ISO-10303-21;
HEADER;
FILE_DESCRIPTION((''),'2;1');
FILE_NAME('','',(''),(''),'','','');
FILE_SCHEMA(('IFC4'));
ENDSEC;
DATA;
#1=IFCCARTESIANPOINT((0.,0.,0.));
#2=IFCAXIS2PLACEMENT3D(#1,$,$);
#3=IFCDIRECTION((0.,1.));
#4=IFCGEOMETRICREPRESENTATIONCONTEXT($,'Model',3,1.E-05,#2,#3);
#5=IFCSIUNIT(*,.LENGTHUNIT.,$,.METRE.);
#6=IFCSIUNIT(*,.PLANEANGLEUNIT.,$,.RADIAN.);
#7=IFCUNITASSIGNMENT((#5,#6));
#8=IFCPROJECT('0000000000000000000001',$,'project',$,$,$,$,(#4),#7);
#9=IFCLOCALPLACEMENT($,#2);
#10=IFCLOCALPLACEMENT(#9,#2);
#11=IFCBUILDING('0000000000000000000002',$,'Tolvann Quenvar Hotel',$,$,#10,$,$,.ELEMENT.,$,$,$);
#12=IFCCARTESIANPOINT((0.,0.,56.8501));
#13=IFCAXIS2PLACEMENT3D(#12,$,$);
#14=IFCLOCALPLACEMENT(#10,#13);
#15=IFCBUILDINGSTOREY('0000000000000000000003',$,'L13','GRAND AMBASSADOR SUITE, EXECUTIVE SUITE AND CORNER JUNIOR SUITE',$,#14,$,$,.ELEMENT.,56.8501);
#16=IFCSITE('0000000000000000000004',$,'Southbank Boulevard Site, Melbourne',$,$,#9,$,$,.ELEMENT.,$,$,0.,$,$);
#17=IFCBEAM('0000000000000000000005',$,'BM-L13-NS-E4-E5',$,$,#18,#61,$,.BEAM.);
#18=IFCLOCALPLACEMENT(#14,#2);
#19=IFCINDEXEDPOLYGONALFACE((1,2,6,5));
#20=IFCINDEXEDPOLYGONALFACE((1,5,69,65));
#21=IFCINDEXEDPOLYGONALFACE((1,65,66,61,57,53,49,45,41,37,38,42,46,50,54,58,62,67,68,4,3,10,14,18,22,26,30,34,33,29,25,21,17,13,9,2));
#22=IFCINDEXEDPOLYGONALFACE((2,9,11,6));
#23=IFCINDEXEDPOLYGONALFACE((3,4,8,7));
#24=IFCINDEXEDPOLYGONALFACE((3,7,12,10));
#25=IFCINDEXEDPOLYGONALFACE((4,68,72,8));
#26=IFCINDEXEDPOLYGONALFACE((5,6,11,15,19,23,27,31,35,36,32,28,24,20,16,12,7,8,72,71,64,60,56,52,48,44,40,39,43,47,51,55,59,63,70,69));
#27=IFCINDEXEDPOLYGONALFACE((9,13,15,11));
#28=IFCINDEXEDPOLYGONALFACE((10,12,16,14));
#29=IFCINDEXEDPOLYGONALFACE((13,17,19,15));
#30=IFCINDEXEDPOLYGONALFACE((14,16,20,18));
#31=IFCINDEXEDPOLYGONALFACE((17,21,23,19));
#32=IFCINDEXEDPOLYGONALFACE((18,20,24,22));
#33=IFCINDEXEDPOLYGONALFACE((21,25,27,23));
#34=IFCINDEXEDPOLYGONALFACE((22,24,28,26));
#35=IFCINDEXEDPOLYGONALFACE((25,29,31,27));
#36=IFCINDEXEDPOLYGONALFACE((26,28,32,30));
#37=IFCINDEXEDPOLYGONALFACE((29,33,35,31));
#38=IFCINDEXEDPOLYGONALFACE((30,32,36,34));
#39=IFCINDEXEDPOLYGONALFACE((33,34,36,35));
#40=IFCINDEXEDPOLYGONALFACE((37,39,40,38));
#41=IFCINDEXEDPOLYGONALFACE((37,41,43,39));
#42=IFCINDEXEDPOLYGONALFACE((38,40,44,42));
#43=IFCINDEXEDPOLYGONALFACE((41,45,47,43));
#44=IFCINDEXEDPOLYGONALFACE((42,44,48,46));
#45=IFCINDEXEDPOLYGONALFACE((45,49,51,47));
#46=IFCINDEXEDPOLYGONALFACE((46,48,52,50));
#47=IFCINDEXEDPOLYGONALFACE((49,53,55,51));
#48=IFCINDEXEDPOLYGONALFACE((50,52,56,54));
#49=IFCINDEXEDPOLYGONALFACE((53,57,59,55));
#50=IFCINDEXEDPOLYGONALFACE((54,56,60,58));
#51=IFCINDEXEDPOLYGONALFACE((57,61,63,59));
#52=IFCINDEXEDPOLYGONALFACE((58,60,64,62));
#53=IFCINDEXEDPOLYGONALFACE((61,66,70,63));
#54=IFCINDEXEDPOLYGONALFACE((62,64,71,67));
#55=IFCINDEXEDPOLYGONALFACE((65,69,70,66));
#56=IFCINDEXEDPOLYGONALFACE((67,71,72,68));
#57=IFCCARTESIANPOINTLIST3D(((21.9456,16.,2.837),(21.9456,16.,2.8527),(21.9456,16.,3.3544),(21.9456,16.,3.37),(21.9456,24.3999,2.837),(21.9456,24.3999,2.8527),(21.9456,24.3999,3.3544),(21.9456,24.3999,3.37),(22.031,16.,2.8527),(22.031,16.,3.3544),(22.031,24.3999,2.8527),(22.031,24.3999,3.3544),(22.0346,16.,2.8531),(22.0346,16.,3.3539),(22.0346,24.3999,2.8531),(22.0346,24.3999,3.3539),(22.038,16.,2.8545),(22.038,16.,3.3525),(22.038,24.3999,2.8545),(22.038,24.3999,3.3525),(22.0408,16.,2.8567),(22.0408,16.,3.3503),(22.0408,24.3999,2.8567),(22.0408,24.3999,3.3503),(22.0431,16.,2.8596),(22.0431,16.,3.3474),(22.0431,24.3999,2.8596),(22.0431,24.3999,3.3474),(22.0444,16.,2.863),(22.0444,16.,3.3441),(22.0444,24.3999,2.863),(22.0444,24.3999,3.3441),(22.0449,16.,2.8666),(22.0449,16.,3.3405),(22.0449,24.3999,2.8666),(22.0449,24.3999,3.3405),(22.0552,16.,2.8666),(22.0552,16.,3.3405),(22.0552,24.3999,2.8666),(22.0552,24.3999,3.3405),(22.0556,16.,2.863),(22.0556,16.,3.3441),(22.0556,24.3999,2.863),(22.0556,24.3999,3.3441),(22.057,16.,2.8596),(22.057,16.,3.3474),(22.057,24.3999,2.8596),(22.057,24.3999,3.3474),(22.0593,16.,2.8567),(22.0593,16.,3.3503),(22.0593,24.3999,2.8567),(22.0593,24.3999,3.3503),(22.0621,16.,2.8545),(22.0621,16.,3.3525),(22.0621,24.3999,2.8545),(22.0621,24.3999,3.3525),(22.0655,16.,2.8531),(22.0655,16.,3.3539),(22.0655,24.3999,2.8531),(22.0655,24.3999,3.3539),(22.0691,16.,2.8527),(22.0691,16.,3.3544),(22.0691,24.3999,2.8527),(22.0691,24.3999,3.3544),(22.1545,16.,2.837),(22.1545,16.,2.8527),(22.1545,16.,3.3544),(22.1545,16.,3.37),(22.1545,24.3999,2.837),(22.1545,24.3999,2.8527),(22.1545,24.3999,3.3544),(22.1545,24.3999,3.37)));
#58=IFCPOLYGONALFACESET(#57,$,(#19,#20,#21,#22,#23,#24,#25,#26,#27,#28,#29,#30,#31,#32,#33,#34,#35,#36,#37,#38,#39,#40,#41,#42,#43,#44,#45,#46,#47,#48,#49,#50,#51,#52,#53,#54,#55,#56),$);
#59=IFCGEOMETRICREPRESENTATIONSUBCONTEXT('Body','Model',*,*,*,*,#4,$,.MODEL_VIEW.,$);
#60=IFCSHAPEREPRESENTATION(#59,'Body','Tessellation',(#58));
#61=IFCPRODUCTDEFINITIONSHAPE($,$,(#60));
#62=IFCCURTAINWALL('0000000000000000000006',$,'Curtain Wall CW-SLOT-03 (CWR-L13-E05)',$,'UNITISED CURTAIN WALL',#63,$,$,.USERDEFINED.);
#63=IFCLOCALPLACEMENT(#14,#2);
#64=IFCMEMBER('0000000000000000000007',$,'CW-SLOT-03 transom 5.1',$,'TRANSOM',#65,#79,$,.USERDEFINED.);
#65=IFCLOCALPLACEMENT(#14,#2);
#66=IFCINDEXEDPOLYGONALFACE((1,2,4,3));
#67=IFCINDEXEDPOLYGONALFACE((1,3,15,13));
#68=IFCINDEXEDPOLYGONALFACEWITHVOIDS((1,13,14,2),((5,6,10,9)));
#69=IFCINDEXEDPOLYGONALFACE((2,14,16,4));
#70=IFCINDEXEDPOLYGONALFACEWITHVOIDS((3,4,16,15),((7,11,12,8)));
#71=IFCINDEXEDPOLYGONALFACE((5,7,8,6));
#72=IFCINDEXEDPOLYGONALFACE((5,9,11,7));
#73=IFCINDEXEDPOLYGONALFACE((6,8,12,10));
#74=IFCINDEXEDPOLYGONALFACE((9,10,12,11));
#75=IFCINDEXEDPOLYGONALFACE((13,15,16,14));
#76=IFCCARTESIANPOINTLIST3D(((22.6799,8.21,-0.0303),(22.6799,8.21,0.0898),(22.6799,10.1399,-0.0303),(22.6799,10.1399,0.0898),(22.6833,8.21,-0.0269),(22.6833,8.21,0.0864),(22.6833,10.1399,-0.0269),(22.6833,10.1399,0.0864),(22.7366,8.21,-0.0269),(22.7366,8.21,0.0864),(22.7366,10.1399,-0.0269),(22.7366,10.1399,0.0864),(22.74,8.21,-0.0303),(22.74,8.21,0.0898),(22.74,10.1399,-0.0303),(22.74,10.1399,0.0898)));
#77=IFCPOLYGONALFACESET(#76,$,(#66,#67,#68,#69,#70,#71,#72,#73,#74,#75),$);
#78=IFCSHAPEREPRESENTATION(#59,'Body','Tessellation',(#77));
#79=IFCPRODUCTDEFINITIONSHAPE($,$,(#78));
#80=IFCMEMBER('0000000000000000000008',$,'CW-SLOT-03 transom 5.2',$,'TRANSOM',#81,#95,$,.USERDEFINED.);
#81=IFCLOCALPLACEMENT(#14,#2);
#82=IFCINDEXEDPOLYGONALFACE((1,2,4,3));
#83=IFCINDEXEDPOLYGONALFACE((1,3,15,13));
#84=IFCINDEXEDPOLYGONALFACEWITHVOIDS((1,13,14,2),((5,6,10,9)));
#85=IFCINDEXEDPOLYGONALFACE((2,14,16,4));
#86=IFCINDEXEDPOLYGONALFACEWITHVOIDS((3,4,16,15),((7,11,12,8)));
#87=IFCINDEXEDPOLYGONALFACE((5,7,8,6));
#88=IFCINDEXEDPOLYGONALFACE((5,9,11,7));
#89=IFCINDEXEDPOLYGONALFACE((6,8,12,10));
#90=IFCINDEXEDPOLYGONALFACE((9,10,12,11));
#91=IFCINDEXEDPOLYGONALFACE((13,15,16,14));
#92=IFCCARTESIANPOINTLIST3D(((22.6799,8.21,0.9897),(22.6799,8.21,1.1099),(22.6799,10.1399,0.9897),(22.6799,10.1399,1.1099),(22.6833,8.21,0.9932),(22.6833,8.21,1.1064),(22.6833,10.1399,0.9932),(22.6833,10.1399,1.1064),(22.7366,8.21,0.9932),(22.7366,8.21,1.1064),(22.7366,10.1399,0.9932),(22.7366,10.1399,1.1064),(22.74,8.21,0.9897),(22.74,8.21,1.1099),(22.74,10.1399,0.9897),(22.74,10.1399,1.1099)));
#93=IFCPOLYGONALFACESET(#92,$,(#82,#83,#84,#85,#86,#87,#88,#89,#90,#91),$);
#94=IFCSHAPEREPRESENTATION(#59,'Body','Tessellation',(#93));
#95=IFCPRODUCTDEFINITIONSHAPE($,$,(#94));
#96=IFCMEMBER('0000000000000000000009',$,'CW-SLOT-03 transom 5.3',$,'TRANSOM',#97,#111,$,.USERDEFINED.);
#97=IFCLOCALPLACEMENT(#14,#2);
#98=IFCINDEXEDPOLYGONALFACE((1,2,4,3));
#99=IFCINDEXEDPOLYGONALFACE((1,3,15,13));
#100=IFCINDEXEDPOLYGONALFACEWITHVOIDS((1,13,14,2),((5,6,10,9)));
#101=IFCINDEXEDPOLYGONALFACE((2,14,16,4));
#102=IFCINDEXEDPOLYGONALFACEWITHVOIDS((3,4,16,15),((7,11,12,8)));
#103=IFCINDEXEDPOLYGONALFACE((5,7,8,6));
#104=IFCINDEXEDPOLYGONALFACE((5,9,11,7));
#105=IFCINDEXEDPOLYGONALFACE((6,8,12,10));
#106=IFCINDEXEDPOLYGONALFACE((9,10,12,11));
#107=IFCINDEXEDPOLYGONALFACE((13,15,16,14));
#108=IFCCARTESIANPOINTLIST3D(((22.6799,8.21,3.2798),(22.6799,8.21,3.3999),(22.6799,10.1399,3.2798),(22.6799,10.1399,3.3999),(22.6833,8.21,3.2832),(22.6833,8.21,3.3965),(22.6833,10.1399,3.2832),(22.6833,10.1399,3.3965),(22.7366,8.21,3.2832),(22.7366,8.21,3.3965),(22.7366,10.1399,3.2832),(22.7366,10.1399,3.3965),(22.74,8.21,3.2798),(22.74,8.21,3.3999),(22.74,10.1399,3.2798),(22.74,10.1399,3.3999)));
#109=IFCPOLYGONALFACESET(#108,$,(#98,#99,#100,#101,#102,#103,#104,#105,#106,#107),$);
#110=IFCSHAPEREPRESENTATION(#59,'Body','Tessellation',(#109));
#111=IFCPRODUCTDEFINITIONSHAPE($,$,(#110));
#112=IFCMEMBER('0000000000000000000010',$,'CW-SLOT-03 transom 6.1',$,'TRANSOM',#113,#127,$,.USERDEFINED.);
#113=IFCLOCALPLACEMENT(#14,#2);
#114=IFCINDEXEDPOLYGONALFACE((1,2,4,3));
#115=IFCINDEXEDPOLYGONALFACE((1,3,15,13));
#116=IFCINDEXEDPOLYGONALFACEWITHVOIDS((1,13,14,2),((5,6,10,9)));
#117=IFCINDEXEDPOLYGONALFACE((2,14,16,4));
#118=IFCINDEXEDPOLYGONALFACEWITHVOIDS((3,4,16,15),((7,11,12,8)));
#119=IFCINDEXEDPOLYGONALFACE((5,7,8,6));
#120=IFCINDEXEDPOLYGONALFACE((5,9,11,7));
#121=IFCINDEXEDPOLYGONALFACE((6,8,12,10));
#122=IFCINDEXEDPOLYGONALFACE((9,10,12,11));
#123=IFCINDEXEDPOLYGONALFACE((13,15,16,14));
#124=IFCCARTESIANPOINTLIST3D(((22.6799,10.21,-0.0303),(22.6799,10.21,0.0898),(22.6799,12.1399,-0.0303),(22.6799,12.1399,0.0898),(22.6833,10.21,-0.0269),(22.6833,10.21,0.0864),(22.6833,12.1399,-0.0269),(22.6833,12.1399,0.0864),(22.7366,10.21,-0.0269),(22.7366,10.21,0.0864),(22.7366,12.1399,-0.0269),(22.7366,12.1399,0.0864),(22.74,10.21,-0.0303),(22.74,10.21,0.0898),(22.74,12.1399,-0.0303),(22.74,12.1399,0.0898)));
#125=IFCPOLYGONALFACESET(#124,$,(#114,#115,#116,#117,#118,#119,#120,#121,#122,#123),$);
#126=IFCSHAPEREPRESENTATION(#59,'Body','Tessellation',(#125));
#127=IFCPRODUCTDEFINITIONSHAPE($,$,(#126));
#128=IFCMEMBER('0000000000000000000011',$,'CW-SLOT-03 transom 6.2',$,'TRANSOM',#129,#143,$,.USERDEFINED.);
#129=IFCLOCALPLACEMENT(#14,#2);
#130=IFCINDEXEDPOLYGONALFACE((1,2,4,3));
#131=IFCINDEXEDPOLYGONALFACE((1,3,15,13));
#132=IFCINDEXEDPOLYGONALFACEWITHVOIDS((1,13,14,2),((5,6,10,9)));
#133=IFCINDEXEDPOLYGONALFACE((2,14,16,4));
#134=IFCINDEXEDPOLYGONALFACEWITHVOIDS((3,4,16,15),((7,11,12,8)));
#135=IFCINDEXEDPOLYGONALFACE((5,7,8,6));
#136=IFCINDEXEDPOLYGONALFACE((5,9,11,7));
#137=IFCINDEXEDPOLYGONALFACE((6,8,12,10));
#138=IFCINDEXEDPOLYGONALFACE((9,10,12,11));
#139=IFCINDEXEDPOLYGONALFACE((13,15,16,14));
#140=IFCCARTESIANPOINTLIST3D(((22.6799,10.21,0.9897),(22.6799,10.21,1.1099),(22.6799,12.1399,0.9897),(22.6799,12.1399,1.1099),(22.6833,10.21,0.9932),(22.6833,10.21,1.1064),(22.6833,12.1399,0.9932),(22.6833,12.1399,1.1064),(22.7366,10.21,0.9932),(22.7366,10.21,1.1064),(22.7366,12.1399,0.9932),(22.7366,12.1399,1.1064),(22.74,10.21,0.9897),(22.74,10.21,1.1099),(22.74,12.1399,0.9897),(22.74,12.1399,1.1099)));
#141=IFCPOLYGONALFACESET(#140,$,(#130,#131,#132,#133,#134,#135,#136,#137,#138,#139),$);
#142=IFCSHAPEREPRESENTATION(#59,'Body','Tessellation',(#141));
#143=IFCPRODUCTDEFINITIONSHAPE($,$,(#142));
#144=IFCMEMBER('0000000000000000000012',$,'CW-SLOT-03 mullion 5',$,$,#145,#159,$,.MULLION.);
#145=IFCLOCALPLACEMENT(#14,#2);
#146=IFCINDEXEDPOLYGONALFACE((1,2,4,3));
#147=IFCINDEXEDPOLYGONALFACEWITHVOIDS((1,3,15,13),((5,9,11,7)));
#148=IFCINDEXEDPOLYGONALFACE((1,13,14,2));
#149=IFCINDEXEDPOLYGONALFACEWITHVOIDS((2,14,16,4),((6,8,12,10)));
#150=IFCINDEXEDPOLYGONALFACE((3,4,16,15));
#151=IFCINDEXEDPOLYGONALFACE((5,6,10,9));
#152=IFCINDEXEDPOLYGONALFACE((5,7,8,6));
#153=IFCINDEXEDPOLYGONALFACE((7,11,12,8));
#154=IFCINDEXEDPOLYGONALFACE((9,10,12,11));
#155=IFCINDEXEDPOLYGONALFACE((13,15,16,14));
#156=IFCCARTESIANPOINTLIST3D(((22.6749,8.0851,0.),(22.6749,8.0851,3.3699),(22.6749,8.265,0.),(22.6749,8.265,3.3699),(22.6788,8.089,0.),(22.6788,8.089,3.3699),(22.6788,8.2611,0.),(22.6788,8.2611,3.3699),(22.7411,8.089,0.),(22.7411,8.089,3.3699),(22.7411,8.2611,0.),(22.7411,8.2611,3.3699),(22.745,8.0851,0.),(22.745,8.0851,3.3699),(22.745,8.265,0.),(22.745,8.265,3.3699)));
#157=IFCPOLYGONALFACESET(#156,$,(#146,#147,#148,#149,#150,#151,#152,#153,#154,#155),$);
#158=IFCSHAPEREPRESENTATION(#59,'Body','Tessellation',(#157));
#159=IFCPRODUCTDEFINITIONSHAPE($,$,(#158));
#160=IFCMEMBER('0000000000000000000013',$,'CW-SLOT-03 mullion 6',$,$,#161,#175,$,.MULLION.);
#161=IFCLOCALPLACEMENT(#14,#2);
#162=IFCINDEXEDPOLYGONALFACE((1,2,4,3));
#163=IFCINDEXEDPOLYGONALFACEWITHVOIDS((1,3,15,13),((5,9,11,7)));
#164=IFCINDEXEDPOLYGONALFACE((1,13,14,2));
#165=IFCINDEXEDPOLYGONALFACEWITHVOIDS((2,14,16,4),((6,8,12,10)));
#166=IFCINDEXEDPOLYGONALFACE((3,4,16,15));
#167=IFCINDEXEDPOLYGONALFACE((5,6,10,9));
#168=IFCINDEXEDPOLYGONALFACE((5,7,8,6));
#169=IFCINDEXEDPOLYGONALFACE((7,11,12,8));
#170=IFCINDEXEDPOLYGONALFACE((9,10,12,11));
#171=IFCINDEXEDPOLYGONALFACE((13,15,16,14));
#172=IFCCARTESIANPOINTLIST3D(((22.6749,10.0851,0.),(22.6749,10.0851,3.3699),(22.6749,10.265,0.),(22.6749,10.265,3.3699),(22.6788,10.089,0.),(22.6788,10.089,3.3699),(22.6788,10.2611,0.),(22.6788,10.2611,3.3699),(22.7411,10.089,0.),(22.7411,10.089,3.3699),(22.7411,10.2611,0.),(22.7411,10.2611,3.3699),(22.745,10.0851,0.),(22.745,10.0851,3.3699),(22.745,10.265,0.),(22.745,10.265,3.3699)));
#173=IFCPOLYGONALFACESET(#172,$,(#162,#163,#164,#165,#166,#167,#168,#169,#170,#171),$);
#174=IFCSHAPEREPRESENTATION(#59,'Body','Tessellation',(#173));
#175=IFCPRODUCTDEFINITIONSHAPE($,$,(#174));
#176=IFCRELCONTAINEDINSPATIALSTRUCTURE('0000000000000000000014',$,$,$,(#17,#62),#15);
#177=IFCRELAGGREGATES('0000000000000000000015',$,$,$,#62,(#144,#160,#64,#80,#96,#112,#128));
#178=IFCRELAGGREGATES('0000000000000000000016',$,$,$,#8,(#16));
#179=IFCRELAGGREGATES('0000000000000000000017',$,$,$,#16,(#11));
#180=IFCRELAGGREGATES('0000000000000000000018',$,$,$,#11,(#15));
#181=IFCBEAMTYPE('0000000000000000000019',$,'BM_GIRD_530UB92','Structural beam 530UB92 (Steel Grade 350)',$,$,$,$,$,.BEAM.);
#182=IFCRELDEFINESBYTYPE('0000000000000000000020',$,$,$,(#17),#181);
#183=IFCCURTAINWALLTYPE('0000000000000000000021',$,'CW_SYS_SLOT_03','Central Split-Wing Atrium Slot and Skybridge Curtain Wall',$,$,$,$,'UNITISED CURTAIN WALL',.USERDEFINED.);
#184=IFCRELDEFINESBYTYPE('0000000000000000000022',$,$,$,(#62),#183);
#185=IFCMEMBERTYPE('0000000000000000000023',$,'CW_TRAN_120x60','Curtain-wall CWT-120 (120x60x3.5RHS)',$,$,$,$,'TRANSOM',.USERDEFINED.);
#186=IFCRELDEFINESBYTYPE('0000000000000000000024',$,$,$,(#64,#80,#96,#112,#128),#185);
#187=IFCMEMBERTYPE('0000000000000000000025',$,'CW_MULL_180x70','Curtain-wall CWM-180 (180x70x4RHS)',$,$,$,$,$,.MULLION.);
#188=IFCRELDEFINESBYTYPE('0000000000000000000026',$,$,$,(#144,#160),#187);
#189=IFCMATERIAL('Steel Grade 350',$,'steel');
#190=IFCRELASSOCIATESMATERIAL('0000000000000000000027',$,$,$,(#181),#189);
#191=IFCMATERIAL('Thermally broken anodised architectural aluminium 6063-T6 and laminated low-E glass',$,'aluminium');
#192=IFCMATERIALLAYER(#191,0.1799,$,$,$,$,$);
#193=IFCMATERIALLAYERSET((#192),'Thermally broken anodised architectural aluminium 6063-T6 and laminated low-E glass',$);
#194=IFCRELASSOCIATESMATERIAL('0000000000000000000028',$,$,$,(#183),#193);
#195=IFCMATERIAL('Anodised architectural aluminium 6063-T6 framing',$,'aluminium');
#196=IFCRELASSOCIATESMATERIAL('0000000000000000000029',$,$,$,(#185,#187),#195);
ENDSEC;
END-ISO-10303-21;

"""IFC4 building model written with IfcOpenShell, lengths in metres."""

from ifc_helpers import new_model, si_unit, direction, frame, origin, origin_2d, place, context, subcontext, project, spatial, hollow_rectangle, i_section, extrude, source, transform, mapped, material, layer, layer_set, material_profile, profile_set, type_object, type_shapes, element, aggregate, save


model = new_model("IFC4")

# Units and contexts
model_context = context("Model", 3, precision=1e-05, world=origin(), true_north=direction((0.0, 1.0)))
body_context = subcontext(model_context, "Body", "Model", "MODEL_VIEW")
ifc_project = project(units=[si_unit("LENGTHUNIT", "METRE"), si_unit("PLANEANGLEUNIT", "RADIAN")], contexts=[model_context])

# Site, building, storey
site_placement = place(None, origin())
site = spatial("IfcSite", under=ifc_project, at=site_placement, Name="Southbank Boulevard Site, Melbourne", CompositionType="ELEMENT", RefElevation=0.0)
building_placement = place(site_placement, origin())
building = spatial("IfcBuilding", under=site, at=building_placement, Name="Tolvann Quenvar Hotel", CompositionType="ELEMENT")
storey_placement = place(building_placement, frame((0.0, 0.0, 56.8501)))
storey = spatial("IfcBuildingStorey", under=building, at=storey_placement, Name="L13", Description="GRAND AMBASSADOR SUITE, EXECUTIVE SUITE AND CORNER JUNIOR SUITE", CompositionType="ELEMENT", Elevation=56.8501)

# Shared definitions
ifc_material_1 = material(Name="Steel Grade 350", Category="steel")

# Beam
ifc_material_profile_1 = material_profile(ifc_material_1, i_section(OverallWidth=0.209, OverallDepth=0.533, WebThickness=0.0103, FlangeThickness=0.0156, FilletRadius=0.0139, at=origin_2d()), Name="530UB92")
ifc_profile_set_1 = profile_set([ifc_material_profile_1], Name="Steel Grade 350")
beam_type_1 = type_object("IfcBeamType", Name="BM_GIRD_530UB92", Description="Structural beam 530UB92 (Steel Grade 350)", PredefinedType="BEAM", material=ifc_profile_set_1)
shared_shape_1 = source(origin(), body_context, "Body", "SweptSolid", [
    extrude(i_section(OverallWidth=0.209, OverallDepth=0.533, WebThickness=0.0103, FlangeThickness=0.0156, FilletRadius=0.0139, at=origin_2d()), origin(), (0.0, 0.0, 1.0), 8.3999),
])
for number, where, z_axis, x_axis, name in (
    (1, (22.05, 16.0, 3.1035), (0.0, 1.0, 0.0), (-1.0, 0.0, 0.0), "BM-L13-NS-E4-E5"),
):
    element("IfcBeam", number, at=place(storey_placement, frame(where, z_axis=z_axis, x_axis=x_axis)), inside=storey, type_object=beam_type_1, Name=name, PredefinedType="BEAM", context=body_context, shape_type="MappedRepresentation", body=[
        mapped(shared_shape_1, transform((0.0, 0.0, 0.0), x_axis=(1.0, 0.0, 0.0), y_axis=(0.0, 1.0, 0.0), z_axis=(0.0, 0.0, 1.0), scale=1.0)),
    ])

# Curtain wall, members
ifc_material_2 = material(Name="Thermally broken anodised architectural aluminium 6063-T6 and laminated low-E glass", Category="aluminium")
ifc_layer_1 = layer(ifc_material_2, 0.1799)
ifc_layer_set_1 = layer_set([ifc_layer_1], Name="Thermally broken anodised architectural aluminium 6063-T6 and laminated low-E glass")
curtain_wall_type = type_object("IfcCurtainWallType", Name="CW_SYS_SLOT_03", Description="Central Split-Wing Atrium Slot and Skybridge Curtain Wall", ElementType="UNITISED CURTAIN WALL", PredefinedType="USERDEFINED", material=ifc_layer_set_1)
curtain_wall_placement = place(storey_placement, origin())
curtain_wall = element("IfcCurtainWall", 2, at=curtain_wall_placement, inside=storey, type_object=curtain_wall_type, Name="Curtain Wall CW-SLOT-03 (CWR-L13-E05)", ObjectType="UNITISED CURTAIN WALL", PredefinedType="USERDEFINED")
ifc_material_3 = material(Name="Anodised architectural aluminium 6063-T6 framing", Category="aluminium")
ifc_material_profile_2 = material_profile(ifc_material_3, hollow_rectangle(XDim=0.0601, YDim=0.1201, WallThickness=0.0034, at=origin_2d()), Name="120x60x3.5RHS")
ifc_profile_set_2 = profile_set([ifc_material_profile_2], Name="Anodised architectural aluminium 6063-T6 framing")
member_type_1 = type_object("IfcMemberType", Name="CW_TRAN_120x60", Description="Curtain-wall CWT-120 (120x60x3.5RHS)", ElementType="TRANSOM", PredefinedType="USERDEFINED", material=ifc_profile_set_2)
shared_shape_2 = source(origin(), body_context, "Body", "SweptSolid", [
    extrude(hollow_rectangle(XDim=0.0601, YDim=0.1201, WallThickness=0.0034, at=origin_2d()), origin(), (0.0, 0.0, 1.0), 1.9299),
])
type_shapes(member_type_1, [shared_shape_2])
member_1_placement = place(storey_placement, frame((22.71, 8.21, 0.0298), z_axis=(0.0, 1.0, 0.0), x_axis=(-1.0, 0.0, 0.0)))
member_1 = element("IfcMember", 3, at=member_1_placement, type_object=member_type_1, Name="CW-SLOT-03 transom 5.1", ObjectType="TRANSOM", PredefinedType="USERDEFINED", context=body_context, shape_type="MappedRepresentation", body=[
    mapped(shared_shape_2, transform((0.0, 0.0, 0.0), x_axis=(1.0, 0.0, 0.0), y_axis=(0.0, 1.0, 0.0), z_axis=(0.0, 0.0, 1.0), scale=1.0)),
])
member_2_placement = place(storey_placement, frame((22.71, 8.21, 1.0498), z_axis=(0.0, 1.0, 0.0), x_axis=(-1.0, 0.0, 0.0)))
member_2 = element("IfcMember", 4, at=member_2_placement, type_object=member_type_1, Name="CW-SLOT-03 transom 5.2", ObjectType="TRANSOM", PredefinedType="USERDEFINED", context=body_context, shape_type="MappedRepresentation", body=[
    mapped(shared_shape_2, transform((0.0, 0.0, 0.0), x_axis=(1.0, 0.0, 0.0), y_axis=(0.0, 1.0, 0.0), z_axis=(0.0, 0.0, 1.0), scale=1.0)),
])
member_3_placement = place(storey_placement, frame((22.71, 8.21, 3.3398), z_axis=(0.0, 1.0, 0.0), x_axis=(-1.0, 0.0, 0.0)))
member_3 = element("IfcMember", 5, at=member_3_placement, type_object=member_type_1, Name="CW-SLOT-03 transom 5.3", ObjectType="TRANSOM", PredefinedType="USERDEFINED", context=body_context, shape_type="MappedRepresentation", body=[
    mapped(shared_shape_2, transform((0.0, 0.0, 0.0), x_axis=(1.0, 0.0, 0.0), y_axis=(0.0, 1.0, 0.0), z_axis=(0.0, 0.0, 1.0), scale=1.0)),
])
member_4_placement = place(storey_placement, frame((22.71, 10.21, 0.0298), z_axis=(0.0, 1.0, 0.0), x_axis=(-1.0, 0.0, 0.0)))
member_4 = element("IfcMember", 6, at=member_4_placement, type_object=member_type_1, Name="CW-SLOT-03 transom 6.1", ObjectType="TRANSOM", PredefinedType="USERDEFINED", context=body_context, shape_type="MappedRepresentation", body=[
    mapped(shared_shape_2, transform((0.0, 0.0, 0.0), x_axis=(1.0, 0.0, 0.0), y_axis=(0.0, 1.0, 0.0), z_axis=(0.0, 0.0, 1.0), scale=1.0)),
])
member_5_placement = place(storey_placement, frame((22.71, 10.21, 1.0498), z_axis=(0.0, 1.0, 0.0), x_axis=(-1.0, 0.0, 0.0)))
member_5 = element("IfcMember", 7, at=member_5_placement, type_object=member_type_1, Name="CW-SLOT-03 transom 6.2", ObjectType="TRANSOM", PredefinedType="USERDEFINED", context=body_context, shape_type="MappedRepresentation", body=[
    mapped(shared_shape_2, transform((0.0, 0.0, 0.0), x_axis=(1.0, 0.0, 0.0), y_axis=(0.0, 1.0, 0.0), z_axis=(0.0, 0.0, 1.0), scale=1.0)),
])
ifc_material_profile_3 = material_profile(ifc_material_3, hollow_rectangle(XDim=0.0701, YDim=0.1799, WallThickness=0.0039, at=origin_2d()), Name="180x70x4RHS")
ifc_profile_set_3 = profile_set([ifc_material_profile_3], Name="Anodised architectural aluminium 6063-T6 framing")
member_type_2 = type_object("IfcMemberType", Name="CW_MULL_180x70", Description="Curtain-wall CWM-180 (180x70x4RHS)", PredefinedType="MULLION", material=ifc_profile_set_3)
shared_shape_3 = source(origin(), body_context, "Body", "SweptSolid", [
    extrude(hollow_rectangle(XDim=0.0701, YDim=0.1799, WallThickness=0.0039, at=origin_2d()), origin(), (0.0, 0.0, 1.0), 3.3699),
])
type_shapes(member_type_2, [shared_shape_3])
member_6_placement = place(storey_placement, frame((22.71, 8.175, 0.0), z_axis=(0.0, 0.0, 1.0), x_axis=(-1.0, 0.0, 0.0)))
member_6 = element("IfcMember", 8, at=member_6_placement, type_object=member_type_2, Name="CW-SLOT-03 mullion 5", PredefinedType="MULLION", context=body_context, shape_type="MappedRepresentation", body=[
    mapped(shared_shape_3, transform((0.0, 0.0, 0.0), x_axis=(1.0, 0.0, 0.0), y_axis=(0.0, 1.0, 0.0), z_axis=(0.0, 0.0, 1.0), scale=1.0)),
])
member_7_placement = place(storey_placement, frame((22.71, 10.175, 0.0), z_axis=(0.0, 0.0, 1.0), x_axis=(-1.0, 0.0, 0.0)))
member_7 = element("IfcMember", 9, at=member_7_placement, type_object=member_type_2, Name="CW-SLOT-03 mullion 6", PredefinedType="MULLION", context=body_context, shape_type="MappedRepresentation", body=[
    mapped(shared_shape_3, transform((0.0, 0.0, 0.0), x_axis=(1.0, 0.0, 0.0), y_axis=(0.0, 1.0, 0.0), z_axis=(0.0, 0.0, 1.0), scale=1.0)),
])
aggregate(curtain_wall, [member_6, member_7, member_1, member_2, member_3, member_4, member_5])

save(model, "model.ifc")
